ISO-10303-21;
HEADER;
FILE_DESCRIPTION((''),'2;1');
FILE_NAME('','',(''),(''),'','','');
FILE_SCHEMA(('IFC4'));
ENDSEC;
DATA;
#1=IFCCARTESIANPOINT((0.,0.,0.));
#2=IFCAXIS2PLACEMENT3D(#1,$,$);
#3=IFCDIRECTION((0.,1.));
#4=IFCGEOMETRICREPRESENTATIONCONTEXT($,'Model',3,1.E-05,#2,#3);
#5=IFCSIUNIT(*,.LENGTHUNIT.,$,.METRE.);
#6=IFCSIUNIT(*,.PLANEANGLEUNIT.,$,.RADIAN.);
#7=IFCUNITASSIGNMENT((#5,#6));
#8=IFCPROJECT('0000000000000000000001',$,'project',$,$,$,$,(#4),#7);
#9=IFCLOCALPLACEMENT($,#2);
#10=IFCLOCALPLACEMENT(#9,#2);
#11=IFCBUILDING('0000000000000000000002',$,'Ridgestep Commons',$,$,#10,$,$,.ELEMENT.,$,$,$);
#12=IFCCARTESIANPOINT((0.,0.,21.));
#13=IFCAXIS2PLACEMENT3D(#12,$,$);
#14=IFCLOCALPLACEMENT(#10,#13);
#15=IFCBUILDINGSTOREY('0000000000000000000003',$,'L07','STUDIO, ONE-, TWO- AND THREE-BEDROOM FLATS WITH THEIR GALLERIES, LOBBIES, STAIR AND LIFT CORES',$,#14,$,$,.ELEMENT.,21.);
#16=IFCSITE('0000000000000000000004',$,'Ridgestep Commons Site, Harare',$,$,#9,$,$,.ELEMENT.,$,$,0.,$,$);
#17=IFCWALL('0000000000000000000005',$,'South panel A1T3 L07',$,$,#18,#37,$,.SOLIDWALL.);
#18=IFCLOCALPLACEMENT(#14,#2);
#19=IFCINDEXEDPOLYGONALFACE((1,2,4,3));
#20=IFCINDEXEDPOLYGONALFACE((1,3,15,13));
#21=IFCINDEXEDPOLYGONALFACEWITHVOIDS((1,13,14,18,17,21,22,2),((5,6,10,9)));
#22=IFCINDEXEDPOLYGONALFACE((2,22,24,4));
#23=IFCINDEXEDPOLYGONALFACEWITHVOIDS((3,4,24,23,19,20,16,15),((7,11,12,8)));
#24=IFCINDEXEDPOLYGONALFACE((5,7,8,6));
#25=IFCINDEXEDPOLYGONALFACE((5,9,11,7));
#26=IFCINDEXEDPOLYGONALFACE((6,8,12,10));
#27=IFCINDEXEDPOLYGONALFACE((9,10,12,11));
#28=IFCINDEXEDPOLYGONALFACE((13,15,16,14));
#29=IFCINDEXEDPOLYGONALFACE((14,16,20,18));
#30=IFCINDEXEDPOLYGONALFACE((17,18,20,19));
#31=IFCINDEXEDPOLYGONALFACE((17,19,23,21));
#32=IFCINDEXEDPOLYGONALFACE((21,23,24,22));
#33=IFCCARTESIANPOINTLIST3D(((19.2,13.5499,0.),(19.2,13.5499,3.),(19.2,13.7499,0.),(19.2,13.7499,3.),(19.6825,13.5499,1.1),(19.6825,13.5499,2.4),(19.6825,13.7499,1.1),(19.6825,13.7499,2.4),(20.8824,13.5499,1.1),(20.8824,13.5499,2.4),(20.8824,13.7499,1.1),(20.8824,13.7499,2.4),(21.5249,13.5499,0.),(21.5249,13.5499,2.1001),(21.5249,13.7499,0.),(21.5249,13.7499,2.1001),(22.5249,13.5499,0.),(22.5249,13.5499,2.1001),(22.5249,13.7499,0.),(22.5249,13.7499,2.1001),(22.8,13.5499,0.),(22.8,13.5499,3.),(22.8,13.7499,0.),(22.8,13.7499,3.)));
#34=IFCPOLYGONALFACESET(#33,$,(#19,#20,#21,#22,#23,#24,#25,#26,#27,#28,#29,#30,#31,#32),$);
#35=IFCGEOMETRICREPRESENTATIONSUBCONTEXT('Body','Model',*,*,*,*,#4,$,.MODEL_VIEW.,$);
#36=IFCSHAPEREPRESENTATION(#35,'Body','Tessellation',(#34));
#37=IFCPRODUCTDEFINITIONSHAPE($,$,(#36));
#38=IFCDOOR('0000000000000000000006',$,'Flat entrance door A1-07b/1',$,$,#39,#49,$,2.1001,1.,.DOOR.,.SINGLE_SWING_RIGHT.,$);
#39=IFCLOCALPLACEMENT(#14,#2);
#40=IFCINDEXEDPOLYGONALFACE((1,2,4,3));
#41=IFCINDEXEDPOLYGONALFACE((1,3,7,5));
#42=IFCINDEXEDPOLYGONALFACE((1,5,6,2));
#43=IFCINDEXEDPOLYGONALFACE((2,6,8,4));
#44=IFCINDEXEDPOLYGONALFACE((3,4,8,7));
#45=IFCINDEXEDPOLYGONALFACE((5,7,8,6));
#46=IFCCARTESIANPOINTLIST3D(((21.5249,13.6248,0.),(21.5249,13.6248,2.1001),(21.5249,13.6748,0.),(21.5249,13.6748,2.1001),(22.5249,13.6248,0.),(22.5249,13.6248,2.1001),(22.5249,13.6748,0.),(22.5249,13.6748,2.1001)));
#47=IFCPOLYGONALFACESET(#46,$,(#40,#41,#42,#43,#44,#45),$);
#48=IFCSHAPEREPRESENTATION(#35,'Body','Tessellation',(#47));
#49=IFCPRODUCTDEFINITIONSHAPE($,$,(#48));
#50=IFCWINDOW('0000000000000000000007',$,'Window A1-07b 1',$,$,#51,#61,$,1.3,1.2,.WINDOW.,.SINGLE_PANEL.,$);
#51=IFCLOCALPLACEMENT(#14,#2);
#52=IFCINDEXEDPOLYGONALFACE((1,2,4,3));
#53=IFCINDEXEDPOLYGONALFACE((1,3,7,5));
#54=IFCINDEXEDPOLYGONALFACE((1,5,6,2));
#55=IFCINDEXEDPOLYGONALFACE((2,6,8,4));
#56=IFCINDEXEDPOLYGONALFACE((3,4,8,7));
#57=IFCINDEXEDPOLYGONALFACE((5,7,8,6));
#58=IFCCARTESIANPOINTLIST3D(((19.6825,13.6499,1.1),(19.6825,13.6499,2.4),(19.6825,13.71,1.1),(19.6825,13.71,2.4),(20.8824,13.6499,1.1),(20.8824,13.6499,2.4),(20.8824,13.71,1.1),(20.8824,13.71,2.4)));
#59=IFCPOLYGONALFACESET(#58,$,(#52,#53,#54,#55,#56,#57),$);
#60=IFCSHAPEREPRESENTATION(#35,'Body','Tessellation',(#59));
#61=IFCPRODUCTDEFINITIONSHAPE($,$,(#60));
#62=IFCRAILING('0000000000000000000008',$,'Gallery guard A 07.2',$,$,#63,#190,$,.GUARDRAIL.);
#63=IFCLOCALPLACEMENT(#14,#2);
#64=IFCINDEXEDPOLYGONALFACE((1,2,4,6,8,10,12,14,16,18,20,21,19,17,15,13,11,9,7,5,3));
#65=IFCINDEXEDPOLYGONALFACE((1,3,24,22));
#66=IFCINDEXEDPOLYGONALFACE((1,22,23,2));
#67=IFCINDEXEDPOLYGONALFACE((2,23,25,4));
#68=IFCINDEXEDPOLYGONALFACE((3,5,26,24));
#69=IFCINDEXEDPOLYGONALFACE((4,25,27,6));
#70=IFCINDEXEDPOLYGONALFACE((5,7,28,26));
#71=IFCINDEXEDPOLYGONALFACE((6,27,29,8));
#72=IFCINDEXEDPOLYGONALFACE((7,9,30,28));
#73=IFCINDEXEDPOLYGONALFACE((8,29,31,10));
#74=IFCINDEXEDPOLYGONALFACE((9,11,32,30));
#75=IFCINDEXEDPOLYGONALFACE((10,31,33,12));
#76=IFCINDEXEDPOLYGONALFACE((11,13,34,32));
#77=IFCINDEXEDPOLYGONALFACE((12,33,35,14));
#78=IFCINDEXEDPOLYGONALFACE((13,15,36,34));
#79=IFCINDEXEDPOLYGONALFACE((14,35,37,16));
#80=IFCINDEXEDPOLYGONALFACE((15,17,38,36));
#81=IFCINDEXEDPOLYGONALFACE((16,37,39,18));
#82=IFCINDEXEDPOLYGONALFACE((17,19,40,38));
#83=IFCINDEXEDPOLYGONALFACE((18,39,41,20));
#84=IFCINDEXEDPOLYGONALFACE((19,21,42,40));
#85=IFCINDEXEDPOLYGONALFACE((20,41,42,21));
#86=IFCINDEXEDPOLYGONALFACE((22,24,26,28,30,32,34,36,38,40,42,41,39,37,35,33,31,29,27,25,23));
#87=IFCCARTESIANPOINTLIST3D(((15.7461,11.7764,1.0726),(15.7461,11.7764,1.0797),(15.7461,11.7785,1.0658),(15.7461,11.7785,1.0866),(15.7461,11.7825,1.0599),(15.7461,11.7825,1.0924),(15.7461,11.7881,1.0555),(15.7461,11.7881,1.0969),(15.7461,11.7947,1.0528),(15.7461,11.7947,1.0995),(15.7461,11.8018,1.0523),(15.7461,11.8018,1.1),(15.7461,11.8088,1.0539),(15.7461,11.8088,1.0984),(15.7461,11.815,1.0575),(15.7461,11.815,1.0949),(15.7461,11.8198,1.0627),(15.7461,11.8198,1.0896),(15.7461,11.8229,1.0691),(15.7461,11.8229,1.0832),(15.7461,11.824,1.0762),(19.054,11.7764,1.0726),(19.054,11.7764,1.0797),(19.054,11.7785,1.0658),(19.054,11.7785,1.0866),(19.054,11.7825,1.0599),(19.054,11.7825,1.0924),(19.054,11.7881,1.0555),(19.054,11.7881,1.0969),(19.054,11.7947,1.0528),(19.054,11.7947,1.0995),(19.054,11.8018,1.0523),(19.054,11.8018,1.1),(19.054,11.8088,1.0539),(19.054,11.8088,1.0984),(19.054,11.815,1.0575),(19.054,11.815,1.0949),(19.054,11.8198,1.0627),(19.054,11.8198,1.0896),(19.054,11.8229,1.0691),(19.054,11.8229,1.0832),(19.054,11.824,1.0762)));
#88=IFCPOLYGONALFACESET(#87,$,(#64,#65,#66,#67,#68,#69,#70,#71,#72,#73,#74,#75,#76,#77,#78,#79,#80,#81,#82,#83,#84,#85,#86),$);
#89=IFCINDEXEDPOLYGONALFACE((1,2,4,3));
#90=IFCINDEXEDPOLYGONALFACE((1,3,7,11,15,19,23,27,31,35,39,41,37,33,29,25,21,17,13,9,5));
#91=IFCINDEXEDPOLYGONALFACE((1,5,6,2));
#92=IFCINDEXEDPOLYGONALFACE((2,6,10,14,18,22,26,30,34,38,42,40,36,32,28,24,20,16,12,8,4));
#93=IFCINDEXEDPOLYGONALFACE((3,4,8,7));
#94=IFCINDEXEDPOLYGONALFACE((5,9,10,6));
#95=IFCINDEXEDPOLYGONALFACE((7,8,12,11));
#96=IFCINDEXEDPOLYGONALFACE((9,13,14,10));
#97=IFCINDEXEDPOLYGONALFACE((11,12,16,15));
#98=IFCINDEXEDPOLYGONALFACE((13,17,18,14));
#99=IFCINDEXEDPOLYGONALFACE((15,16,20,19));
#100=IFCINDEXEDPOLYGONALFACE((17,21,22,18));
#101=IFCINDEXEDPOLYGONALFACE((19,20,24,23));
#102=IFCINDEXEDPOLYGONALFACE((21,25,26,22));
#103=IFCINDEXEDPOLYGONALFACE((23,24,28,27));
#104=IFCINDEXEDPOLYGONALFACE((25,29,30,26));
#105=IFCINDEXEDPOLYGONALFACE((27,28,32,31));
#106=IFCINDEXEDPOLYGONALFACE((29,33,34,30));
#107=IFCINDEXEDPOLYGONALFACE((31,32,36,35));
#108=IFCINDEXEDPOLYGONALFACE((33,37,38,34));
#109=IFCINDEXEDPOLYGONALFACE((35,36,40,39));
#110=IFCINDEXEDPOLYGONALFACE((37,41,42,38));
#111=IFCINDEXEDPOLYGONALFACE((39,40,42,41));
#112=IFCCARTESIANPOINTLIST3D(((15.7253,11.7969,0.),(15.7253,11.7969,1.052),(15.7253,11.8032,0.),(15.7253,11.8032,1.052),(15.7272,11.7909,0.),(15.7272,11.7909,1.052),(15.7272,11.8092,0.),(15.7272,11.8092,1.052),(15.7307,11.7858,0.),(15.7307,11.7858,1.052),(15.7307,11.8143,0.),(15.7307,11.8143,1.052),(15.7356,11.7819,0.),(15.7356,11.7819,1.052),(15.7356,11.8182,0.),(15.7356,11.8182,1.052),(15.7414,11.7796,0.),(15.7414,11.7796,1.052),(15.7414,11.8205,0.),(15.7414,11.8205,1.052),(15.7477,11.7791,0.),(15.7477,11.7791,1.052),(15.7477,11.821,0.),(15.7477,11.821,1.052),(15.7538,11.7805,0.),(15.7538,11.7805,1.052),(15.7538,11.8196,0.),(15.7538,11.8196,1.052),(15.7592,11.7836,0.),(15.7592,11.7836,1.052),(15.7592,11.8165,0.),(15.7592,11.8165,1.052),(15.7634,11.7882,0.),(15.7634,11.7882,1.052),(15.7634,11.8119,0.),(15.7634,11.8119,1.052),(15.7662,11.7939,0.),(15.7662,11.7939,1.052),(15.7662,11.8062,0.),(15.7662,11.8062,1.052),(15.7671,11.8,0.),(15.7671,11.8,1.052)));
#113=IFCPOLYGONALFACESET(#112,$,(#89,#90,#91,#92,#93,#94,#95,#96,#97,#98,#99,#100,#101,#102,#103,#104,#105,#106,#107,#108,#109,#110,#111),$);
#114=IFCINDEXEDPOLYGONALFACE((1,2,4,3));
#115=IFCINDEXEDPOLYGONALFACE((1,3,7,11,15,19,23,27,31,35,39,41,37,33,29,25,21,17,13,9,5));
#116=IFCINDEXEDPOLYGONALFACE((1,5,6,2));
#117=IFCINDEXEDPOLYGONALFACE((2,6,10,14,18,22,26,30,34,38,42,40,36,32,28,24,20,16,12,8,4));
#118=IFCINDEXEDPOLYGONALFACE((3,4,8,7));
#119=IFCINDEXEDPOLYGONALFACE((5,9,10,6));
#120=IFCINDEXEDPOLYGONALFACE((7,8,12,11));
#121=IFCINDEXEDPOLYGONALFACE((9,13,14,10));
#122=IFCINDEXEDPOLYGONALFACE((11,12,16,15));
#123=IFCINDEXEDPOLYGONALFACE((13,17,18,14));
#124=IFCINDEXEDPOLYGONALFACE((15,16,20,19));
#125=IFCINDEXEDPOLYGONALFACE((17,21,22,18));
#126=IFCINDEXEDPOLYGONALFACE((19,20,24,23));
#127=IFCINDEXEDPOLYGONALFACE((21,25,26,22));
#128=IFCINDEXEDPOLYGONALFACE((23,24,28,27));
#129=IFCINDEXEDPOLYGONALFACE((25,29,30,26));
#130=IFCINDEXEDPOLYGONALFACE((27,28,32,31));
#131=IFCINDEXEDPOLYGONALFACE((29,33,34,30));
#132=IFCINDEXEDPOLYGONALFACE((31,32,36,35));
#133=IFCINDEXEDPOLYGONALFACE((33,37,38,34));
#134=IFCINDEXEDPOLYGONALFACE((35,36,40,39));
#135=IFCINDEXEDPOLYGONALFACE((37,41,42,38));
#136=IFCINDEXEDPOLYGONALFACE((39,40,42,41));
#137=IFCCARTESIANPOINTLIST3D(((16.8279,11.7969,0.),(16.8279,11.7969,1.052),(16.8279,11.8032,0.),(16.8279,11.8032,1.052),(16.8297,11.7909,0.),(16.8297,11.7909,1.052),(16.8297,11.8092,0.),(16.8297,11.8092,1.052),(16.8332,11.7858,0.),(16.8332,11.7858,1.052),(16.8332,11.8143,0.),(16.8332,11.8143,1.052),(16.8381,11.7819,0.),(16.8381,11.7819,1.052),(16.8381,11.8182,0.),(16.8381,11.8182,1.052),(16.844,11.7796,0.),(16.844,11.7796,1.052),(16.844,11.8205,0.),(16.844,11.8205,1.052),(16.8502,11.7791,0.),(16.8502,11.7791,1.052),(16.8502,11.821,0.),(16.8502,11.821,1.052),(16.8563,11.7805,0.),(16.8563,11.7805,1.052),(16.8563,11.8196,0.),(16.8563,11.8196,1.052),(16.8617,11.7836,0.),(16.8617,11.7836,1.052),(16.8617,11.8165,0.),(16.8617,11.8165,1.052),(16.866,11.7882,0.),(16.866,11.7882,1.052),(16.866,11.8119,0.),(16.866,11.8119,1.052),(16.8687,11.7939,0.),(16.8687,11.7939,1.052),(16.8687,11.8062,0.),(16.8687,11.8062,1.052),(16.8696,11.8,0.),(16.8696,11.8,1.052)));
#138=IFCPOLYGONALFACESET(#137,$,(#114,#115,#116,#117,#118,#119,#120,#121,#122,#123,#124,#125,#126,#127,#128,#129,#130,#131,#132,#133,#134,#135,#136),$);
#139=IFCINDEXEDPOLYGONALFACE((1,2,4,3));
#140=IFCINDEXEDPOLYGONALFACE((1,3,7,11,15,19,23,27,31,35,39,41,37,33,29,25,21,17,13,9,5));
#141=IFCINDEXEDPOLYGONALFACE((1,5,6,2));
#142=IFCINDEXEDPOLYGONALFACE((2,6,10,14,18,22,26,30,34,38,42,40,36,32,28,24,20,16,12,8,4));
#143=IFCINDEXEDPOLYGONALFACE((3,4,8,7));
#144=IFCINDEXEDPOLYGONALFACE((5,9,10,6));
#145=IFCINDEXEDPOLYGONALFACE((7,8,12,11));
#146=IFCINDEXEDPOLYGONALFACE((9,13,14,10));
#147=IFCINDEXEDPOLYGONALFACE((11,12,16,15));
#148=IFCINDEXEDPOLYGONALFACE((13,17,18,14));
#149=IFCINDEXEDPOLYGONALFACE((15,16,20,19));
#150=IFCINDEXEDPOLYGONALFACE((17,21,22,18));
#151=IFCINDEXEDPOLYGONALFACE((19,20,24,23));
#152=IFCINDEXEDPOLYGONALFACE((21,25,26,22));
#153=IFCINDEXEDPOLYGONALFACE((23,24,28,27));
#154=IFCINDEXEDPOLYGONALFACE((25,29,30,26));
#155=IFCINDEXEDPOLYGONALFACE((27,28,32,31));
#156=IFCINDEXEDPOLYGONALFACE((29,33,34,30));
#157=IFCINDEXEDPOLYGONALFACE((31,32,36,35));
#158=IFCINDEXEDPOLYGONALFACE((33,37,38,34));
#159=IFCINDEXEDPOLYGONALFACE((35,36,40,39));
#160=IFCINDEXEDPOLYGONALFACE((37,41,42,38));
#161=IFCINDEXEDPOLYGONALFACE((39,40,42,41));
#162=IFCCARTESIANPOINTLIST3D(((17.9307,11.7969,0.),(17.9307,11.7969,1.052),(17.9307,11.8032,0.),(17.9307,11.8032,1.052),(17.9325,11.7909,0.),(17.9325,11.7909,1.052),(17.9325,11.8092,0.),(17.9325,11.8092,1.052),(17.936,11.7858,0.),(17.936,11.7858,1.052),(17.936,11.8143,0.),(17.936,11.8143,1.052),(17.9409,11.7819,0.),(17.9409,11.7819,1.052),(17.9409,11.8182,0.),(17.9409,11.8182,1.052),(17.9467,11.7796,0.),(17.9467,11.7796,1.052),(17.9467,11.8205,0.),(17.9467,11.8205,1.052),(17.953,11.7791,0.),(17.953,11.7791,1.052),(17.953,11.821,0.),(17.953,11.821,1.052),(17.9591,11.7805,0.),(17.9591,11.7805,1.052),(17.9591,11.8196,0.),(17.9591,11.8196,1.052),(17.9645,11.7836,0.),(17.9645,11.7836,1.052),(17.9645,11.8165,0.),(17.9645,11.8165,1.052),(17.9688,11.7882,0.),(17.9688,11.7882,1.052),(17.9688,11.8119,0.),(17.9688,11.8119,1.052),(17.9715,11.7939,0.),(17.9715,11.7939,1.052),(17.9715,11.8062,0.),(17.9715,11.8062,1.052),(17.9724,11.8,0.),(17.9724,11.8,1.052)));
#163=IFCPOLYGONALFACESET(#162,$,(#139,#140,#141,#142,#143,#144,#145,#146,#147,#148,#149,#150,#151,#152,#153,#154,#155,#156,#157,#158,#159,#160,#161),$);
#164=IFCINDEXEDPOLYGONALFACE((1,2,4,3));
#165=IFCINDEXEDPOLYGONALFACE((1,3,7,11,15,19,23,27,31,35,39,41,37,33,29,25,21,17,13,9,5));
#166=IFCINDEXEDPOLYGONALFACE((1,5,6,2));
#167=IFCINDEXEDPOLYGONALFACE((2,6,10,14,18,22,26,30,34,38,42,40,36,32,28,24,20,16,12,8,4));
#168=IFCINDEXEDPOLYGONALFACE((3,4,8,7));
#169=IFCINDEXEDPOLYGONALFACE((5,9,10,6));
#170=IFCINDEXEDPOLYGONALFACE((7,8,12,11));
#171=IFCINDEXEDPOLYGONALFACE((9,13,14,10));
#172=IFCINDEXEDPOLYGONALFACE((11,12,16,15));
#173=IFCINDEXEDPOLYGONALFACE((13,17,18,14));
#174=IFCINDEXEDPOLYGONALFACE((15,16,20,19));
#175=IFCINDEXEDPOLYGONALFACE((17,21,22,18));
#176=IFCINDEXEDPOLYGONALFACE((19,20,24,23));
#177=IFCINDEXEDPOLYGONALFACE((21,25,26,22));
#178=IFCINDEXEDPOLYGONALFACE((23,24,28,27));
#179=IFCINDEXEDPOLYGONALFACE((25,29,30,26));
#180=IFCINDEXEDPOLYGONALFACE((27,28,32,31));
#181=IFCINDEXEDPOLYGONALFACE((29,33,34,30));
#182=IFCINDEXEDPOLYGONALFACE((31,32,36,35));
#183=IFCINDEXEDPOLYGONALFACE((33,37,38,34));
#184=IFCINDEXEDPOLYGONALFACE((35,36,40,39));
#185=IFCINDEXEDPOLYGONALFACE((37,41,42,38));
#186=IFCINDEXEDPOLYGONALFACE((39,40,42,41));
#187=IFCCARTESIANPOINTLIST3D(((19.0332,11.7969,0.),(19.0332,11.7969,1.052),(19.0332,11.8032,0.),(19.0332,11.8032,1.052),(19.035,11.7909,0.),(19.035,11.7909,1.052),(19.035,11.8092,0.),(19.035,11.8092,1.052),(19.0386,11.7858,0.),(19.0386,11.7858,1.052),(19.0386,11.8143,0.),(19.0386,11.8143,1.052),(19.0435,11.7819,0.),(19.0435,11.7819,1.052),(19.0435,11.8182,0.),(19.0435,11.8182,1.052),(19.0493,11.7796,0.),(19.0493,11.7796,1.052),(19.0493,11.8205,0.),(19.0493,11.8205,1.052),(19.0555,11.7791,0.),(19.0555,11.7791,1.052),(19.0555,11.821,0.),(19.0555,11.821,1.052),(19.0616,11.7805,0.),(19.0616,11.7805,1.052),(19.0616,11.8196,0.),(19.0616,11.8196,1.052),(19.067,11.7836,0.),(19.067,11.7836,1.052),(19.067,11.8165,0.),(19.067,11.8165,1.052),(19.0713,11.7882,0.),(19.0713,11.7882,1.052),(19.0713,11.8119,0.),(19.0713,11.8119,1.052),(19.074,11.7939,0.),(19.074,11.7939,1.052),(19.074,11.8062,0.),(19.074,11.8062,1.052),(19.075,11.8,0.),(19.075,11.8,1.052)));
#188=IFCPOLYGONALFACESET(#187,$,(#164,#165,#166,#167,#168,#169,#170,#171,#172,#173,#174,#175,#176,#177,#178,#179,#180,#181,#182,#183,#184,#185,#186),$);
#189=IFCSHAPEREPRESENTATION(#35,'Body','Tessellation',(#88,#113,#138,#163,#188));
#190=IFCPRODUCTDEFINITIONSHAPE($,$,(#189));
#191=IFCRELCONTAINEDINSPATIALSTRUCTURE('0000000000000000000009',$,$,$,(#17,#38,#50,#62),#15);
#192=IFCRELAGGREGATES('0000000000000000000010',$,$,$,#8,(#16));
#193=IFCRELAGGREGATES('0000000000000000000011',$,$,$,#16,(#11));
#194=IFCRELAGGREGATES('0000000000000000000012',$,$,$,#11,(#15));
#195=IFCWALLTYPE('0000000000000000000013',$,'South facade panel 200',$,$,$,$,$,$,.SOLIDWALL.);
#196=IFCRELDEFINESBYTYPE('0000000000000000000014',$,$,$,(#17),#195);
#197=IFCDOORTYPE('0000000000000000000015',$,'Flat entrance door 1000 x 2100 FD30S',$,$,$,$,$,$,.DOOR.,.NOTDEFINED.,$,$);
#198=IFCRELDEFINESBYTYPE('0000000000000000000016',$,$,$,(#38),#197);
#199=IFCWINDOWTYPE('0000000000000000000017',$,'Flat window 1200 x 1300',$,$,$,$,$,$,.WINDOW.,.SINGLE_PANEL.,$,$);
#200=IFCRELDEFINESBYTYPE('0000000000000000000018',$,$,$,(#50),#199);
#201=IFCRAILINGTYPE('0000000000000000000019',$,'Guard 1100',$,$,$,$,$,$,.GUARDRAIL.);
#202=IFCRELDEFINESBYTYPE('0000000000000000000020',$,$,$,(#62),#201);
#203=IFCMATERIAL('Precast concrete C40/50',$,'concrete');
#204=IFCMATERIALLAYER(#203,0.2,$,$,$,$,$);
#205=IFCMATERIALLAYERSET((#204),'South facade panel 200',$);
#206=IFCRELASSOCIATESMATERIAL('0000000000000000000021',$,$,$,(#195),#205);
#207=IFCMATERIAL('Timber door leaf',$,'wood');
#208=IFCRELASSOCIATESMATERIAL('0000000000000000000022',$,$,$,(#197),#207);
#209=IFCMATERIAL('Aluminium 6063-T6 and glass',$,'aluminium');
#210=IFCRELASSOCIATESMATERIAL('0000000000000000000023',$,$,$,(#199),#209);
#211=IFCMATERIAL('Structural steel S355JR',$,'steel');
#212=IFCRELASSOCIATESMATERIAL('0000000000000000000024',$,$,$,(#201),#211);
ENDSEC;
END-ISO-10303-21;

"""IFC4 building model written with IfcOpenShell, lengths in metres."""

from ifc_helpers import new_model, si_unit, direction, frame, frame_2d, origin, origin_2d, place, context, subcontext, project, spatial, rectangle, circle, extrude, material, layer, layer_set, type_object, element, fill, save


model = new_model("IFC4")

# Units and contexts
model_context = context("Model", 3, precision=1e-05, world=origin(), true_north=direction((0.0, 1.0)))
body_context = subcontext(model_context, "Body", "Model", "MODEL_VIEW")
ifc_project = project(units=[si_unit("LENGTHUNIT", "METRE"), si_unit("PLANEANGLEUNIT", "RADIAN")], contexts=[model_context])

# Site, building, storey
site_placement = place(None, origin())
site = spatial("IfcSite", under=ifc_project, at=site_placement, Name="Ridgestep Commons Site, Harare", CompositionType="ELEMENT", RefElevation=0.0)
building_placement = place(site_placement, origin())
building = spatial("IfcBuilding", under=site, at=building_placement, Name="Ridgestep Commons", CompositionType="ELEMENT")
storey_placement = place(building_placement, frame((0.0, 0.0, 21.0)))
storey = spatial("IfcBuildingStorey", under=building, at=storey_placement, Name="L07", Description="STUDIO, ONE-, TWO- AND THREE-BEDROOM FLATS WITH THEIR GALLERIES, LOBBIES, STAIR AND LIFT CORES", CompositionType="ELEMENT", Elevation=21.0)

# Wall, openings, door, window
ifc_material_1 = material(Name="Precast concrete C40/50", Category="concrete")
ifc_layer_1 = layer(ifc_material_1, 0.2)
ifc_layer_set_1 = layer_set([ifc_layer_1], Name="South facade panel 200")
wall_type_1 = type_object("IfcWallType", Name="South facade panel 200", PredefinedType="SOLIDWALL", material=ifc_layer_set_1)
wall_1_placement = place(storey_placement, frame((19.2, 13.6499, 0.0), z_axis=(0.0, 0.0, 1.0), x_axis=(1.0, 0.0, 0.0)))
wall_1 = element("IfcWall", 1, at=wall_1_placement, inside=storey, type_object=wall_type_1, Name="South panel A1T3 L07", PredefinedType="SOLIDWALL", context=body_context, shape_type="SweptSolid", body=[
    extrude(rectangle(XDim=3.6001, YDim=0.2, at=frame_2d((1.8, 0.0))), origin(), (0.0, 0.0, 1.0), 3.0),
])
opening_1_placement = place(wall_1_placement, frame((0.4824, 0.0, 1.1001)))
opening_1 = element("IfcOpeningElement", 2, at=opening_1_placement, cuts=wall_1, PredefinedType="OPENING", context=body_context, shape_type="SweptSolid", body=[
    extrude(rectangle(XDim=1.2, YDim=1.3, at=frame_2d((0.6001, 0.6499))), frame((0.0, 0.1099, 0.0), z_axis=(0.0, -1.0, 0.0), x_axis=(1.0, 0.0, 0.0)), (0.0, 0.0, 1.0), 0.22),
])
opening_2_placement = place(wall_1_placement, frame((2.325, 0.0, 0.0)))
opening_2 = element("IfcOpeningElement", 3, at=opening_2_placement, cuts=wall_1, PredefinedType="OPENING", context=body_context, shape_type="SweptSolid", body=[
    extrude(rectangle(XDim=1.0, YDim=2.1001, at=frame_2d((0.5, 1.05))), frame((0.0, 0.1099, 0.0), z_axis=(0.0, -1.0, 0.0), x_axis=(1.0, 0.0, 0.0)), (0.0, 0.0, 1.0), 0.22),
])
ifc_material_2 = material(Name="Timber door leaf", Category="wood")
door_type_1 = type_object("IfcDoorType", Name="Flat entrance door 1000 x 2100 FD30S", OperationType="NOTDEFINED", PredefinedType="DOOR", material=ifc_material_2)
door_1_placement = place(opening_2_placement, origin())
door_1 = element("IfcDoor", 4, at=door_1_placement, inside=storey, type_object=door_type_1, Name="Flat entrance door A1-07b/1", OperationType="SINGLE_SWING_RIGHT", OverallHeight=2.1001, OverallWidth=1.0, PredefinedType="DOOR", context=body_context, shape_type="SweptSolid", body=[
    extrude(rectangle(XDim=1.0, YDim=2.1001, at=frame_2d((0.5, 1.05))), frame((0.0, 0.0249, 0.0), z_axis=(0.0, -1.0, 0.0), x_axis=(1.0, 0.0, 0.0)), (0.0, 0.0, 1.0), 0.05),
])
fill(opening_2, door_1)
ifc_material_3 = material(Name="Aluminium 6063-T6 and glass", Category="aluminium")
window_type = type_object("IfcWindowType", Name="Flat window 1200 x 1300", PartitioningType="SINGLE_PANEL", PredefinedType="WINDOW", material=ifc_material_3)
window_placement = place(opening_1_placement, origin())
window = element("IfcWindow", 5, at=window_placement, inside=storey, type_object=window_type, Name="Window A1-07b 1", OverallHeight=1.3, OverallWidth=1.2, PartitioningType="SINGLE_PANEL", PredefinedType="WINDOW", context=body_context, shape_type="SweptSolid", body=[
    extrude(rectangle(XDim=1.2, YDim=1.3, at=frame_2d((0.6001, 0.6499))), frame((0.0, 0.0601, 0.0), z_axis=(0.0, -1.0, 0.0), x_axis=(1.0, 0.0, 0.0)), (0.0, 0.0, 1.0), 0.0601),
])
fill(opening_1, window)

# Railing
ifc_material_4 = material(Name="Structural steel S355JR", Category="steel")
railing_type = type_object("IfcRailingType", Name="Guard 1100", PredefinedType="GUARDRAIL", material=ifc_material_4)
railing_1_placement = place(storey_placement, frame((15.7461, 11.8, 0.0)))
element("IfcRailing", 6, at=railing_1_placement, inside=storey, type_object=railing_type, Name="Gallery guard A 07.2", PredefinedType="GUARDRAIL", context=body_context, shape_type="SweptSolid", body=[
    extrude(circle(Radius=0.0239, at=origin_2d()), frame((0.0, 0.0, 1.0762), z_axis=(1.0, 0.0, 0.0), x_axis=(0.0, 1.0, 0.0)), (0.0, 0.0, 1.0), 3.3079),
    extrude(circle(Radius=0.021, at=origin_2d()), origin(), (0.0, 0.0, 1.0), 1.052),
    extrude(circle(Radius=0.021, at=origin_2d()), frame((1.1025, 0.0, 0.0)), (0.0, 0.0, 1.0), 1.052),
    extrude(circle(Radius=0.021, at=origin_2d()), frame((2.2053, 0.0, 0.0)), (0.0, 0.0, 1.0), 1.052),
    extrude(circle(Radius=0.021, at=origin_2d()), frame((3.3079, 0.0, 0.0)), (0.0, 0.0, 1.0), 1.052),
])

save(model, "model.ifc")
